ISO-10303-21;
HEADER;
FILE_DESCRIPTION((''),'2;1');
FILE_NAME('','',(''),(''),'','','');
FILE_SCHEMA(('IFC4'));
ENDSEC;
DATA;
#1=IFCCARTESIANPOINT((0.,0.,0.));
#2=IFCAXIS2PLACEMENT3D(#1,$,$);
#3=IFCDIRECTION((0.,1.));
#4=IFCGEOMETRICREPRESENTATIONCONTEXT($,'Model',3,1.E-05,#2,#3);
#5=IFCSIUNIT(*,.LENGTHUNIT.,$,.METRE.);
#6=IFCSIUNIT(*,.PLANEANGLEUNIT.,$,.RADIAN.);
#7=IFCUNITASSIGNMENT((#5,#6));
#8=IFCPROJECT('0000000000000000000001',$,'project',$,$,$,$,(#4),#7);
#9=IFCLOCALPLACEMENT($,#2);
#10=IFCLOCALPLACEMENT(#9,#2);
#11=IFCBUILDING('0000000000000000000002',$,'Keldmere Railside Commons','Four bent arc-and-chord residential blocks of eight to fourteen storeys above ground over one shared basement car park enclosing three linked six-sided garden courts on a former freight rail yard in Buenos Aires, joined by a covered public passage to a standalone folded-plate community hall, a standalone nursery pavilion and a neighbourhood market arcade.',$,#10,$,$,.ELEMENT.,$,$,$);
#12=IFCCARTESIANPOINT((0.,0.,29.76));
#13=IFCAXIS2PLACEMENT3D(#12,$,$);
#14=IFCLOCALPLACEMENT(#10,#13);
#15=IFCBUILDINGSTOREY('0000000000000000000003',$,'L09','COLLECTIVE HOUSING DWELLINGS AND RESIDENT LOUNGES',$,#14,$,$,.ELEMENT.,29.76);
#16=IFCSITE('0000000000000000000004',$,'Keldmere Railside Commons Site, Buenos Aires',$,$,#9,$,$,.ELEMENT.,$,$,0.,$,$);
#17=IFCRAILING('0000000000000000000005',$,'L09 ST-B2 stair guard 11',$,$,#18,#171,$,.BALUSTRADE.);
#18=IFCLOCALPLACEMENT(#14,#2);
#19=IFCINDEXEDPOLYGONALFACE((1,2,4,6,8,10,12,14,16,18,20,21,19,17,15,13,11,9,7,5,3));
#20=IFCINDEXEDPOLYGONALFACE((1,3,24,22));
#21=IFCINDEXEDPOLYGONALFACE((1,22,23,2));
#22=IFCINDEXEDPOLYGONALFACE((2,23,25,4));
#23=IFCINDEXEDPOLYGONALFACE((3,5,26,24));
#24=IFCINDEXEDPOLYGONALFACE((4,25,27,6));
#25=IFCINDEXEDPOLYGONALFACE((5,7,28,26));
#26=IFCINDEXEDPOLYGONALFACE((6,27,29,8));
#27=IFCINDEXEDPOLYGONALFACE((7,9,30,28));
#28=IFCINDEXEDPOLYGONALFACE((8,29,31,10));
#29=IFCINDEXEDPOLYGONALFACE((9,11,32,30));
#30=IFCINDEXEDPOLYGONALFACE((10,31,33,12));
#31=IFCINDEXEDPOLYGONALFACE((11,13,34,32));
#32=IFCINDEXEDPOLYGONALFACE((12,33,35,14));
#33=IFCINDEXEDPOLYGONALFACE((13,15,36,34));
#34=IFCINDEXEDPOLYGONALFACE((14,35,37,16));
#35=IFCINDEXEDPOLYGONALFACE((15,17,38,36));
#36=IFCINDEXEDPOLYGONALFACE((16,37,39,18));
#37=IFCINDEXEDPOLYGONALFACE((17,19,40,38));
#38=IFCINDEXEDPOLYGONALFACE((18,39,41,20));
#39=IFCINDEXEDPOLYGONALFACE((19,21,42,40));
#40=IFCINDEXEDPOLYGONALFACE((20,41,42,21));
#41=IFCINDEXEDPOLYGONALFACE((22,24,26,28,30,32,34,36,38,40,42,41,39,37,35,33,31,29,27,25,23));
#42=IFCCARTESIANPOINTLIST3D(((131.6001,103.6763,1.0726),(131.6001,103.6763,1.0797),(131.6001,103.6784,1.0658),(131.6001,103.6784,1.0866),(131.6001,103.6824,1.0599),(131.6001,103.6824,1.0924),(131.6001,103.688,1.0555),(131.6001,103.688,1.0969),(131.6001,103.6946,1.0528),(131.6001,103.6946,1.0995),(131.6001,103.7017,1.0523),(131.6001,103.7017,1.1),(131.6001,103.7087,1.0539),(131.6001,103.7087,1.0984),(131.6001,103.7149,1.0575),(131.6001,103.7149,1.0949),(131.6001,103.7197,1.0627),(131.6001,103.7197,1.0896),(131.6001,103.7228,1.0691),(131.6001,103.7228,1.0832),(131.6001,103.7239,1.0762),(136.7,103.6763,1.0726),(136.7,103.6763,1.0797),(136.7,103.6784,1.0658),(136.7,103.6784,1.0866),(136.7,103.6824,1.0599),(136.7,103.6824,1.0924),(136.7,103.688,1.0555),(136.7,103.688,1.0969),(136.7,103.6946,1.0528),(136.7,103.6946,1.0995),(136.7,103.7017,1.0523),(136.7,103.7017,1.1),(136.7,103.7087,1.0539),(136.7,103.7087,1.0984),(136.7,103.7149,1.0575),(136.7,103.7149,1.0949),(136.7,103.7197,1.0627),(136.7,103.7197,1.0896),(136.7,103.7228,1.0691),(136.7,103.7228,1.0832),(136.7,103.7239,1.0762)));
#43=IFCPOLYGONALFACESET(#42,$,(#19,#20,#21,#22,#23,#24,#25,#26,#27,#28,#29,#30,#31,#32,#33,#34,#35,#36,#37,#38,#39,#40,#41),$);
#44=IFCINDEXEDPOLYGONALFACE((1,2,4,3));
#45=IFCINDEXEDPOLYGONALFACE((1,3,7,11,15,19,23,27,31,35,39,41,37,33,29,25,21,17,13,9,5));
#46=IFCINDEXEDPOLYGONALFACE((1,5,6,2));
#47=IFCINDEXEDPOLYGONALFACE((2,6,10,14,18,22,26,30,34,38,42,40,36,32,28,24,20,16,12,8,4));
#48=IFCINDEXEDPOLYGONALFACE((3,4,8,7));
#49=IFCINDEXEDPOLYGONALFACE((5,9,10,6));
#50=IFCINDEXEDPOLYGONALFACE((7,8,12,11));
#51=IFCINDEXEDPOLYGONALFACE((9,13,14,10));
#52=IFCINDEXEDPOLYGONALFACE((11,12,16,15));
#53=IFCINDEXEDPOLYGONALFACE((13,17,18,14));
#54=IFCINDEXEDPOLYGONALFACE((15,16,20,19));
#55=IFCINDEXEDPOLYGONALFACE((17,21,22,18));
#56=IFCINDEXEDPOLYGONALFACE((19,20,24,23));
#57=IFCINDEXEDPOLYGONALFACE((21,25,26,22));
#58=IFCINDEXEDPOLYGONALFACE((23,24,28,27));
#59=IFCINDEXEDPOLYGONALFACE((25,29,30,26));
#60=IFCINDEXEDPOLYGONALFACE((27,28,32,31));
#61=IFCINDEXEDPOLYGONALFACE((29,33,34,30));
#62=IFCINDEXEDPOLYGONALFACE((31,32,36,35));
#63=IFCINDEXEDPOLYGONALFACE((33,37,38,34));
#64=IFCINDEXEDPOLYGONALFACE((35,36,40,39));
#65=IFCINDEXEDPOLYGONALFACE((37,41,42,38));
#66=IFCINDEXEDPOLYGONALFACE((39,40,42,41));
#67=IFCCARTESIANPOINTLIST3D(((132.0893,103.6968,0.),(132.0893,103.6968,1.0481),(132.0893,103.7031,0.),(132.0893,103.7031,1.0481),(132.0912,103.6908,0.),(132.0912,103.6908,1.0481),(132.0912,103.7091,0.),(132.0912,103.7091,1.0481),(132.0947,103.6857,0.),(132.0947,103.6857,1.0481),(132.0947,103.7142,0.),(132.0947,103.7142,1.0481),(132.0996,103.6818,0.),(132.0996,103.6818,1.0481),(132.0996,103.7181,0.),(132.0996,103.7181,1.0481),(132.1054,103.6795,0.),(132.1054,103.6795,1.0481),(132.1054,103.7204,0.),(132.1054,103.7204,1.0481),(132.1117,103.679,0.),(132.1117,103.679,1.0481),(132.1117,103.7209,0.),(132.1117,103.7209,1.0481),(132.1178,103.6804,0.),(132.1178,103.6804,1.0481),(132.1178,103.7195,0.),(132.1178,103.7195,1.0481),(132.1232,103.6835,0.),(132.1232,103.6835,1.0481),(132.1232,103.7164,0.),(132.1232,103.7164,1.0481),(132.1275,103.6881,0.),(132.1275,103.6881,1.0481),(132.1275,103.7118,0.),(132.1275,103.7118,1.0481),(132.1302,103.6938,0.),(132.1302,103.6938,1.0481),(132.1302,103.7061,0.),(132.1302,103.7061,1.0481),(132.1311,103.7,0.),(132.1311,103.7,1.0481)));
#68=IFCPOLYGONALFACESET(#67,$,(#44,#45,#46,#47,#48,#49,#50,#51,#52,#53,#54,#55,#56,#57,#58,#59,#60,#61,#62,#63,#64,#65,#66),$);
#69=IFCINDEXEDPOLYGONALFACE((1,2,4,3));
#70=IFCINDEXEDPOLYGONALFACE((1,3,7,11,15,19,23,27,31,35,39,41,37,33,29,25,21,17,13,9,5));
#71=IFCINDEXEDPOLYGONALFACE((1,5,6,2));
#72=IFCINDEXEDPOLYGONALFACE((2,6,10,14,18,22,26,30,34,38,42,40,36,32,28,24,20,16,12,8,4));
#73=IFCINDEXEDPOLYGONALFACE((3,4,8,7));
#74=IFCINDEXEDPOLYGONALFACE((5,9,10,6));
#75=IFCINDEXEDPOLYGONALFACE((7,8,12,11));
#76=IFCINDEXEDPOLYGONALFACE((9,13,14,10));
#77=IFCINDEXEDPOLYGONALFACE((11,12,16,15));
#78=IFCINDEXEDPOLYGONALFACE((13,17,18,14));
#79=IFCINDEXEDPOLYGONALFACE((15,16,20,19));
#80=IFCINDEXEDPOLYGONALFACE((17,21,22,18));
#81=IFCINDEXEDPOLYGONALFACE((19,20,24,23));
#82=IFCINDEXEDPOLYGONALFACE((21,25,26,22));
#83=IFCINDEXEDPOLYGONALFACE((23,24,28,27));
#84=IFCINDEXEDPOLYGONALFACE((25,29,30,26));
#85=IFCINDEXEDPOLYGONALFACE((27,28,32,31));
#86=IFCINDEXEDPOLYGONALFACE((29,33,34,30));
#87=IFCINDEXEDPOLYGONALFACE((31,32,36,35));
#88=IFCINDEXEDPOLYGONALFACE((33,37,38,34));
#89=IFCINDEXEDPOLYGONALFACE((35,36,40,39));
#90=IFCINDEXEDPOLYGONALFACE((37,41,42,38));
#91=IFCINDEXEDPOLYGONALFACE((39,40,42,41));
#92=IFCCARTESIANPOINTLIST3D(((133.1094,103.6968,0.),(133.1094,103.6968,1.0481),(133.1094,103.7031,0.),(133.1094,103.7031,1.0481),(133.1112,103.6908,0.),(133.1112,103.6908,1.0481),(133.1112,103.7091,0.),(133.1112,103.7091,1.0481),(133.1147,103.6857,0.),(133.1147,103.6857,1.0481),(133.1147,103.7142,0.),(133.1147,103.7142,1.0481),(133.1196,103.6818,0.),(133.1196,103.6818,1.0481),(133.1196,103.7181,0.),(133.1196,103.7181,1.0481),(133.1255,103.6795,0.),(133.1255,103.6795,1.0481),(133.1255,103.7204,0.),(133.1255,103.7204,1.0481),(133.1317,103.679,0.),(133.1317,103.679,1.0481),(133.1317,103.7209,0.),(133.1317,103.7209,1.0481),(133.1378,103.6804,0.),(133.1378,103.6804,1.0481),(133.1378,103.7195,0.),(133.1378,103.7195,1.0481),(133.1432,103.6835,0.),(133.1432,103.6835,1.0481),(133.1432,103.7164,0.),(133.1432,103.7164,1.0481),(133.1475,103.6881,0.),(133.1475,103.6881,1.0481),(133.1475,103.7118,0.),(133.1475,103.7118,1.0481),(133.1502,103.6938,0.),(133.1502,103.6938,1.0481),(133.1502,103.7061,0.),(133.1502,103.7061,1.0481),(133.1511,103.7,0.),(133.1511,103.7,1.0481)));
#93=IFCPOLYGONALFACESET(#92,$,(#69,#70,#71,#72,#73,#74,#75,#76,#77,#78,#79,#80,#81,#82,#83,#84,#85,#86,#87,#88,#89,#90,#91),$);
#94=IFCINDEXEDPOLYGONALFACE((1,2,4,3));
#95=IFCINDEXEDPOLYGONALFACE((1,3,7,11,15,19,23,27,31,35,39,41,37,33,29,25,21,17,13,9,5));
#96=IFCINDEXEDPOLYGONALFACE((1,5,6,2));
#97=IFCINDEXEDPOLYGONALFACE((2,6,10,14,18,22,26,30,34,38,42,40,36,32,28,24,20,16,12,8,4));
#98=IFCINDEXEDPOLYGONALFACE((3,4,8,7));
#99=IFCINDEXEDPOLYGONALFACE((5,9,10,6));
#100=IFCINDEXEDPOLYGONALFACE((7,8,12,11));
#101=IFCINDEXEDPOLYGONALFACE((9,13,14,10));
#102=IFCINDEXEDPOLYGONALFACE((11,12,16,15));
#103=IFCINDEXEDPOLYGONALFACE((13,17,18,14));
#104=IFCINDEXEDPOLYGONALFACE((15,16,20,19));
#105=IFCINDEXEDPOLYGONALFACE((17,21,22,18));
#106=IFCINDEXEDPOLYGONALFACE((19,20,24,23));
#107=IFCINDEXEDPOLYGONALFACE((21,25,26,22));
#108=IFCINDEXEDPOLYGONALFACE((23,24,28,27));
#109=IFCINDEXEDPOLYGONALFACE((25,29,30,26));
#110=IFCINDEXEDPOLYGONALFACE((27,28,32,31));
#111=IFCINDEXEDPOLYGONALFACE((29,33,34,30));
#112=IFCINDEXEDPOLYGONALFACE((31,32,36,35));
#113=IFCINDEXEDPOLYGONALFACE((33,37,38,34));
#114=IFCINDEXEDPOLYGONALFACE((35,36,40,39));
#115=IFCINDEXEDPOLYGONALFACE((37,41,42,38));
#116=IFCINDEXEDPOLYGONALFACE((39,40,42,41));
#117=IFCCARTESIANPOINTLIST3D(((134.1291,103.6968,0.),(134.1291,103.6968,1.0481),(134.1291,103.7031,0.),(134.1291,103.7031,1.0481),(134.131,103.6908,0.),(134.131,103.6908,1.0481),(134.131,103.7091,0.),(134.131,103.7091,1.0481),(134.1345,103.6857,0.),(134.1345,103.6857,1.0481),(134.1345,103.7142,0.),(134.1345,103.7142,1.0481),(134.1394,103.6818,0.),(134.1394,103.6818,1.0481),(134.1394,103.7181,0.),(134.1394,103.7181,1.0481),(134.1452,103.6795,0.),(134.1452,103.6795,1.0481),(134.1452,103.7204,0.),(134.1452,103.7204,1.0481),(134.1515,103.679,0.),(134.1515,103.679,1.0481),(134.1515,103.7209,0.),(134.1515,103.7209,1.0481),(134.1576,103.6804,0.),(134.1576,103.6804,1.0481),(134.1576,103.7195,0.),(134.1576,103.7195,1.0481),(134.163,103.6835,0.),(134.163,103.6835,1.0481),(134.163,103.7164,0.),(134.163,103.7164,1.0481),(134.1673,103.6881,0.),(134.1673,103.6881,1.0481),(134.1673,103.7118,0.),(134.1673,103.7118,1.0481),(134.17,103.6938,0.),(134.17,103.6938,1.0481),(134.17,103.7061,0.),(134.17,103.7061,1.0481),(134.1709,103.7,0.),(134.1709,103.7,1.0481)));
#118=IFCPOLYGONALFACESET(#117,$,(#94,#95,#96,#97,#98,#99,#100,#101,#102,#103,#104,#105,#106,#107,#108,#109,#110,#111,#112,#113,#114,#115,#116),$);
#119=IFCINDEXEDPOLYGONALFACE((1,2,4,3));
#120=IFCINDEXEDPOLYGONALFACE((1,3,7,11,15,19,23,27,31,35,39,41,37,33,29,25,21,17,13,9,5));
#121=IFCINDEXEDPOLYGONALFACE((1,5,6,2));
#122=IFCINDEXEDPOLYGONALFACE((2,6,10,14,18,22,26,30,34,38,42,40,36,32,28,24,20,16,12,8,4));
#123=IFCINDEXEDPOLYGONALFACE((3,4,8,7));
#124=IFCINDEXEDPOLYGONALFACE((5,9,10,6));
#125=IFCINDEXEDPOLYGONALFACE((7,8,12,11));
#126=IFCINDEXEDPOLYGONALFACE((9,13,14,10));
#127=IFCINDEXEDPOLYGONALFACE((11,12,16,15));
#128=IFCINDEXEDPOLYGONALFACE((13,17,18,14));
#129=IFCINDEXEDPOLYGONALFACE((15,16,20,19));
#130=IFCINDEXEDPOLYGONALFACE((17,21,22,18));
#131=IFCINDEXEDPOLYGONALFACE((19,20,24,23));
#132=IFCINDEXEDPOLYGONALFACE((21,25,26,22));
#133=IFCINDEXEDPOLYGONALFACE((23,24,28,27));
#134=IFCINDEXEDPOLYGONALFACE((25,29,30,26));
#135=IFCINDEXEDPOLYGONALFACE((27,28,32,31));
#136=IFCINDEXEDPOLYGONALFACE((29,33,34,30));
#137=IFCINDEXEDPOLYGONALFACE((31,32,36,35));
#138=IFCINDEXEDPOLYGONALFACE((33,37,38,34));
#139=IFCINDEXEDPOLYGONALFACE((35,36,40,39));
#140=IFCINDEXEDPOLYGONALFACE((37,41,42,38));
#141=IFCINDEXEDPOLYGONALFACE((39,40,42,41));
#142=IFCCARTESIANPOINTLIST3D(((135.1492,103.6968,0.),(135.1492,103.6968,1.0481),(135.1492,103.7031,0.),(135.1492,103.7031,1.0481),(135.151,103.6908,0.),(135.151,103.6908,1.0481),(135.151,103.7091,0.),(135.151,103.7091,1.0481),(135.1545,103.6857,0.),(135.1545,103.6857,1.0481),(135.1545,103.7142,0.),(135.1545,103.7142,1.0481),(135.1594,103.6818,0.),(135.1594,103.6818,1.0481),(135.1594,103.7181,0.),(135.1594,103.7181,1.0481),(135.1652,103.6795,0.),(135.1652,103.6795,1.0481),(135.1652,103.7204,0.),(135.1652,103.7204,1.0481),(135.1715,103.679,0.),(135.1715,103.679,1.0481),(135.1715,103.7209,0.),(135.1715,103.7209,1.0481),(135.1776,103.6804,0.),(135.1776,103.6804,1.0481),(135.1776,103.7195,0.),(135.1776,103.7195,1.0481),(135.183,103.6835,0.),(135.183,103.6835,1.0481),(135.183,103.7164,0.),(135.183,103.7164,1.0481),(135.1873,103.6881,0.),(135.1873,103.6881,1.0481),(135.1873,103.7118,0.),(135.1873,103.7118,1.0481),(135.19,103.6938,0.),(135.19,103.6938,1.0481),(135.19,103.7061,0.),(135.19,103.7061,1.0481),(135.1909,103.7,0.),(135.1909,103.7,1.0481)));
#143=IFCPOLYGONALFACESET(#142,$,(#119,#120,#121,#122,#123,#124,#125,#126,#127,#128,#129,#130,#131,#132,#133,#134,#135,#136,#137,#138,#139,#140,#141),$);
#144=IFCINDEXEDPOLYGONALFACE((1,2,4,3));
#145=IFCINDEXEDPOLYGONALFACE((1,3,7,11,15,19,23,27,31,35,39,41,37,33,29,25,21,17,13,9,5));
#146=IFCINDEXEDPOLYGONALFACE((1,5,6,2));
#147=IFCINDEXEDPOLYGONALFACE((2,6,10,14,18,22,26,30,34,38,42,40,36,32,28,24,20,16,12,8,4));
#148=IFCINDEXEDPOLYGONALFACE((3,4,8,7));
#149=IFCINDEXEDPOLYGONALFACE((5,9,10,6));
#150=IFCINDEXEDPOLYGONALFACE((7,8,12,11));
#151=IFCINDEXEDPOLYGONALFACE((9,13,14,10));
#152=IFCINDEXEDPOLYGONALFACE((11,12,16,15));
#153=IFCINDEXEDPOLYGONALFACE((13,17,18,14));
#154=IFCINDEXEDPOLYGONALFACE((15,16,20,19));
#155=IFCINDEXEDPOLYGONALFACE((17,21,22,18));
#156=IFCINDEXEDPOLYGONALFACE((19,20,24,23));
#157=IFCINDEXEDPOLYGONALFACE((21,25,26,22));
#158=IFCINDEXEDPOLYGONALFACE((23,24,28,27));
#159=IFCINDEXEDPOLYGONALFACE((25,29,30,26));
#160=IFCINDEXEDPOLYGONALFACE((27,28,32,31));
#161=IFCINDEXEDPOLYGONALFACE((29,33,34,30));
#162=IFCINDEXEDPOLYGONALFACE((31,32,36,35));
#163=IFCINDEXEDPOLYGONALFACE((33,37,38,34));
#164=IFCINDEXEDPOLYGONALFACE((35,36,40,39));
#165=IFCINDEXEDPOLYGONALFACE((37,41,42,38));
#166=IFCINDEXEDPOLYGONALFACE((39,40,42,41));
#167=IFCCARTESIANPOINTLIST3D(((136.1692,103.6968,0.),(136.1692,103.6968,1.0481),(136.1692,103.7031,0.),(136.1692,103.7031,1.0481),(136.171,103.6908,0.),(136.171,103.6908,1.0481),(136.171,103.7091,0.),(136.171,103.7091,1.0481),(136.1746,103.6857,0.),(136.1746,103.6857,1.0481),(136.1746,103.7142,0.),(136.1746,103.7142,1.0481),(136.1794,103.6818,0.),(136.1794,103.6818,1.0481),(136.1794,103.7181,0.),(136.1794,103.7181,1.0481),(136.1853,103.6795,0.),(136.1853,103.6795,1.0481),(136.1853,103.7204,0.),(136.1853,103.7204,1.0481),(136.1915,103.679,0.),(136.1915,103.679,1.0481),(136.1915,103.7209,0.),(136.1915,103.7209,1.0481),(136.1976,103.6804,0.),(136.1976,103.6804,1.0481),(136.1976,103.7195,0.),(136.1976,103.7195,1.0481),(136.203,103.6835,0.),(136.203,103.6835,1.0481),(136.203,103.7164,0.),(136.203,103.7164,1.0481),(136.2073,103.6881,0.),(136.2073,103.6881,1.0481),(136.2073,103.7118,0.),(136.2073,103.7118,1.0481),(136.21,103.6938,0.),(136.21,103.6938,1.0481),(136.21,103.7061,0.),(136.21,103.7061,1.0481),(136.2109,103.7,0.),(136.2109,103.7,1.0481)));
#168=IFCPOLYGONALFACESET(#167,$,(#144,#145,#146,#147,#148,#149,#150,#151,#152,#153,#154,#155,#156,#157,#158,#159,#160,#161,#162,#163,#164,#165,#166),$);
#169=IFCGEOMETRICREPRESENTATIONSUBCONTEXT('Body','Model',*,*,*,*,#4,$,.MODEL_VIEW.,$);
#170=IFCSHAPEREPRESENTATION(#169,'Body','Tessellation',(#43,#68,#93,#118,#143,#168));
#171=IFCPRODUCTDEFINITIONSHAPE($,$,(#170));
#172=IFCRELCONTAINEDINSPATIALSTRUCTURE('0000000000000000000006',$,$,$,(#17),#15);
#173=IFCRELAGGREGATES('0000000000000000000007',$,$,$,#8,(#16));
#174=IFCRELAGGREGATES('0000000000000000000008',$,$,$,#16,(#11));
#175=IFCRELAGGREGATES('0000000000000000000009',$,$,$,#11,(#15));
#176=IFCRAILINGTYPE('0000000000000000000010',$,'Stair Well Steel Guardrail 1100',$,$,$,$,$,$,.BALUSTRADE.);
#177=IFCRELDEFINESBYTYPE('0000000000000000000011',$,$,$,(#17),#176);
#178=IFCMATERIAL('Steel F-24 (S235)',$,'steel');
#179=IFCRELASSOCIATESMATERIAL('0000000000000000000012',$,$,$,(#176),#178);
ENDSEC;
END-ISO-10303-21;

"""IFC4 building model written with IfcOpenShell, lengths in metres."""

from ifc_helpers import new_model, si_unit, direction, frame, origin, origin_2d, place, context, subcontext, project, spatial, circle, extrude, material, type_object, element, save


model = new_model("IFC4")

# Units and contexts
model_context = context("Model", 3, precision=1e-05, world=origin(), true_north=direction((0.0, 1.0)))
body_context = subcontext(model_context, "Body", "Model", "MODEL_VIEW")
ifc_project = project(units=[si_unit("LENGTHUNIT", "METRE"), si_unit("PLANEANGLEUNIT", "RADIAN")], contexts=[model_context])

# Site, building, storey
site_placement = place(None, origin())
site = spatial("IfcSite", under=ifc_project, at=site_placement, Name="Keldmere Railside Commons Site, Buenos Aires", CompositionType="ELEMENT", RefElevation=0.0)
building_placement = place(site_placement, origin())
building = spatial("IfcBuilding", under=site, at=building_placement, Name="Keldmere Railside Commons", Description="Four bent arc-and-chord residential blocks of eight to fourteen storeys above ground over one shared basement car park enclosing three linked six-sided garden courts on a former freight rail yard in Buenos Aires, joined by a covered public passage to a standalone folded-plate community hall, a standalone nursery pavilion and a neighbourhood market arcade.", CompositionType="ELEMENT")
storey_placement = place(building_placement, frame((0.0, 0.0, 29.76)))
storey = spatial("IfcBuildingStorey", under=building, at=storey_placement, Name="L09", Description="COLLECTIVE HOUSING DWELLINGS AND RESIDENT LOUNGES", CompositionType="ELEMENT", Elevation=29.76)

# Railing
ifc_material_1 = material(Name="Steel F-24 (S235)", Category="steel")
railing_type_1 = type_object("IfcRailingType", Name="Stair Well Steel Guardrail 1100", PredefinedType="BALUSTRADE", material=ifc_material_1)
for number, where, name in (
    (1, (131.6001, 103.7, 0.0), "L09 ST-B2 stair guard 11"),
):
    element("IfcRailing", number, at=place(storey_placement, frame(where)), inside=storey, type_object=railing_type_1, Name=name, PredefinedType="BALUSTRADE", context=body_context, shape_type="SweptSolid", body=[
        extrude(circle(Radius=0.0239, at=origin_2d()), frame((0.0, 0.0, 1.0762), z_axis=(1.0, 0.0, 0.0), x_axis=(0.0, 1.0, 0.0)), (0.0, 0.0, 1.0), 5.0999),
        extrude(circle(Radius=0.021, at=origin_2d()), frame((0.51, 0.0, 0.0)), (0.0, 0.0, 1.0), 1.0481),
        extrude(circle(Radius=0.021, at=origin_2d()), frame((1.53, 0.0, 0.0)), (0.0, 0.0, 1.0), 1.0481),
        extrude(circle(Radius=0.021, at=origin_2d()), frame((2.5498, 0.0, 0.0)), (0.0, 0.0, 1.0), 1.0481),
        extrude(circle(Radius=0.021, at=origin_2d()), frame((3.5698, 0.0, 0.0)), (0.0, 0.0, 1.0), 1.0481),
        extrude(circle(Radius=0.021, at=origin_2d()), frame((4.5898, 0.0, 0.0)), (0.0, 0.0, 1.0), 1.0481),
    ])

save(model, "model.ifc")
